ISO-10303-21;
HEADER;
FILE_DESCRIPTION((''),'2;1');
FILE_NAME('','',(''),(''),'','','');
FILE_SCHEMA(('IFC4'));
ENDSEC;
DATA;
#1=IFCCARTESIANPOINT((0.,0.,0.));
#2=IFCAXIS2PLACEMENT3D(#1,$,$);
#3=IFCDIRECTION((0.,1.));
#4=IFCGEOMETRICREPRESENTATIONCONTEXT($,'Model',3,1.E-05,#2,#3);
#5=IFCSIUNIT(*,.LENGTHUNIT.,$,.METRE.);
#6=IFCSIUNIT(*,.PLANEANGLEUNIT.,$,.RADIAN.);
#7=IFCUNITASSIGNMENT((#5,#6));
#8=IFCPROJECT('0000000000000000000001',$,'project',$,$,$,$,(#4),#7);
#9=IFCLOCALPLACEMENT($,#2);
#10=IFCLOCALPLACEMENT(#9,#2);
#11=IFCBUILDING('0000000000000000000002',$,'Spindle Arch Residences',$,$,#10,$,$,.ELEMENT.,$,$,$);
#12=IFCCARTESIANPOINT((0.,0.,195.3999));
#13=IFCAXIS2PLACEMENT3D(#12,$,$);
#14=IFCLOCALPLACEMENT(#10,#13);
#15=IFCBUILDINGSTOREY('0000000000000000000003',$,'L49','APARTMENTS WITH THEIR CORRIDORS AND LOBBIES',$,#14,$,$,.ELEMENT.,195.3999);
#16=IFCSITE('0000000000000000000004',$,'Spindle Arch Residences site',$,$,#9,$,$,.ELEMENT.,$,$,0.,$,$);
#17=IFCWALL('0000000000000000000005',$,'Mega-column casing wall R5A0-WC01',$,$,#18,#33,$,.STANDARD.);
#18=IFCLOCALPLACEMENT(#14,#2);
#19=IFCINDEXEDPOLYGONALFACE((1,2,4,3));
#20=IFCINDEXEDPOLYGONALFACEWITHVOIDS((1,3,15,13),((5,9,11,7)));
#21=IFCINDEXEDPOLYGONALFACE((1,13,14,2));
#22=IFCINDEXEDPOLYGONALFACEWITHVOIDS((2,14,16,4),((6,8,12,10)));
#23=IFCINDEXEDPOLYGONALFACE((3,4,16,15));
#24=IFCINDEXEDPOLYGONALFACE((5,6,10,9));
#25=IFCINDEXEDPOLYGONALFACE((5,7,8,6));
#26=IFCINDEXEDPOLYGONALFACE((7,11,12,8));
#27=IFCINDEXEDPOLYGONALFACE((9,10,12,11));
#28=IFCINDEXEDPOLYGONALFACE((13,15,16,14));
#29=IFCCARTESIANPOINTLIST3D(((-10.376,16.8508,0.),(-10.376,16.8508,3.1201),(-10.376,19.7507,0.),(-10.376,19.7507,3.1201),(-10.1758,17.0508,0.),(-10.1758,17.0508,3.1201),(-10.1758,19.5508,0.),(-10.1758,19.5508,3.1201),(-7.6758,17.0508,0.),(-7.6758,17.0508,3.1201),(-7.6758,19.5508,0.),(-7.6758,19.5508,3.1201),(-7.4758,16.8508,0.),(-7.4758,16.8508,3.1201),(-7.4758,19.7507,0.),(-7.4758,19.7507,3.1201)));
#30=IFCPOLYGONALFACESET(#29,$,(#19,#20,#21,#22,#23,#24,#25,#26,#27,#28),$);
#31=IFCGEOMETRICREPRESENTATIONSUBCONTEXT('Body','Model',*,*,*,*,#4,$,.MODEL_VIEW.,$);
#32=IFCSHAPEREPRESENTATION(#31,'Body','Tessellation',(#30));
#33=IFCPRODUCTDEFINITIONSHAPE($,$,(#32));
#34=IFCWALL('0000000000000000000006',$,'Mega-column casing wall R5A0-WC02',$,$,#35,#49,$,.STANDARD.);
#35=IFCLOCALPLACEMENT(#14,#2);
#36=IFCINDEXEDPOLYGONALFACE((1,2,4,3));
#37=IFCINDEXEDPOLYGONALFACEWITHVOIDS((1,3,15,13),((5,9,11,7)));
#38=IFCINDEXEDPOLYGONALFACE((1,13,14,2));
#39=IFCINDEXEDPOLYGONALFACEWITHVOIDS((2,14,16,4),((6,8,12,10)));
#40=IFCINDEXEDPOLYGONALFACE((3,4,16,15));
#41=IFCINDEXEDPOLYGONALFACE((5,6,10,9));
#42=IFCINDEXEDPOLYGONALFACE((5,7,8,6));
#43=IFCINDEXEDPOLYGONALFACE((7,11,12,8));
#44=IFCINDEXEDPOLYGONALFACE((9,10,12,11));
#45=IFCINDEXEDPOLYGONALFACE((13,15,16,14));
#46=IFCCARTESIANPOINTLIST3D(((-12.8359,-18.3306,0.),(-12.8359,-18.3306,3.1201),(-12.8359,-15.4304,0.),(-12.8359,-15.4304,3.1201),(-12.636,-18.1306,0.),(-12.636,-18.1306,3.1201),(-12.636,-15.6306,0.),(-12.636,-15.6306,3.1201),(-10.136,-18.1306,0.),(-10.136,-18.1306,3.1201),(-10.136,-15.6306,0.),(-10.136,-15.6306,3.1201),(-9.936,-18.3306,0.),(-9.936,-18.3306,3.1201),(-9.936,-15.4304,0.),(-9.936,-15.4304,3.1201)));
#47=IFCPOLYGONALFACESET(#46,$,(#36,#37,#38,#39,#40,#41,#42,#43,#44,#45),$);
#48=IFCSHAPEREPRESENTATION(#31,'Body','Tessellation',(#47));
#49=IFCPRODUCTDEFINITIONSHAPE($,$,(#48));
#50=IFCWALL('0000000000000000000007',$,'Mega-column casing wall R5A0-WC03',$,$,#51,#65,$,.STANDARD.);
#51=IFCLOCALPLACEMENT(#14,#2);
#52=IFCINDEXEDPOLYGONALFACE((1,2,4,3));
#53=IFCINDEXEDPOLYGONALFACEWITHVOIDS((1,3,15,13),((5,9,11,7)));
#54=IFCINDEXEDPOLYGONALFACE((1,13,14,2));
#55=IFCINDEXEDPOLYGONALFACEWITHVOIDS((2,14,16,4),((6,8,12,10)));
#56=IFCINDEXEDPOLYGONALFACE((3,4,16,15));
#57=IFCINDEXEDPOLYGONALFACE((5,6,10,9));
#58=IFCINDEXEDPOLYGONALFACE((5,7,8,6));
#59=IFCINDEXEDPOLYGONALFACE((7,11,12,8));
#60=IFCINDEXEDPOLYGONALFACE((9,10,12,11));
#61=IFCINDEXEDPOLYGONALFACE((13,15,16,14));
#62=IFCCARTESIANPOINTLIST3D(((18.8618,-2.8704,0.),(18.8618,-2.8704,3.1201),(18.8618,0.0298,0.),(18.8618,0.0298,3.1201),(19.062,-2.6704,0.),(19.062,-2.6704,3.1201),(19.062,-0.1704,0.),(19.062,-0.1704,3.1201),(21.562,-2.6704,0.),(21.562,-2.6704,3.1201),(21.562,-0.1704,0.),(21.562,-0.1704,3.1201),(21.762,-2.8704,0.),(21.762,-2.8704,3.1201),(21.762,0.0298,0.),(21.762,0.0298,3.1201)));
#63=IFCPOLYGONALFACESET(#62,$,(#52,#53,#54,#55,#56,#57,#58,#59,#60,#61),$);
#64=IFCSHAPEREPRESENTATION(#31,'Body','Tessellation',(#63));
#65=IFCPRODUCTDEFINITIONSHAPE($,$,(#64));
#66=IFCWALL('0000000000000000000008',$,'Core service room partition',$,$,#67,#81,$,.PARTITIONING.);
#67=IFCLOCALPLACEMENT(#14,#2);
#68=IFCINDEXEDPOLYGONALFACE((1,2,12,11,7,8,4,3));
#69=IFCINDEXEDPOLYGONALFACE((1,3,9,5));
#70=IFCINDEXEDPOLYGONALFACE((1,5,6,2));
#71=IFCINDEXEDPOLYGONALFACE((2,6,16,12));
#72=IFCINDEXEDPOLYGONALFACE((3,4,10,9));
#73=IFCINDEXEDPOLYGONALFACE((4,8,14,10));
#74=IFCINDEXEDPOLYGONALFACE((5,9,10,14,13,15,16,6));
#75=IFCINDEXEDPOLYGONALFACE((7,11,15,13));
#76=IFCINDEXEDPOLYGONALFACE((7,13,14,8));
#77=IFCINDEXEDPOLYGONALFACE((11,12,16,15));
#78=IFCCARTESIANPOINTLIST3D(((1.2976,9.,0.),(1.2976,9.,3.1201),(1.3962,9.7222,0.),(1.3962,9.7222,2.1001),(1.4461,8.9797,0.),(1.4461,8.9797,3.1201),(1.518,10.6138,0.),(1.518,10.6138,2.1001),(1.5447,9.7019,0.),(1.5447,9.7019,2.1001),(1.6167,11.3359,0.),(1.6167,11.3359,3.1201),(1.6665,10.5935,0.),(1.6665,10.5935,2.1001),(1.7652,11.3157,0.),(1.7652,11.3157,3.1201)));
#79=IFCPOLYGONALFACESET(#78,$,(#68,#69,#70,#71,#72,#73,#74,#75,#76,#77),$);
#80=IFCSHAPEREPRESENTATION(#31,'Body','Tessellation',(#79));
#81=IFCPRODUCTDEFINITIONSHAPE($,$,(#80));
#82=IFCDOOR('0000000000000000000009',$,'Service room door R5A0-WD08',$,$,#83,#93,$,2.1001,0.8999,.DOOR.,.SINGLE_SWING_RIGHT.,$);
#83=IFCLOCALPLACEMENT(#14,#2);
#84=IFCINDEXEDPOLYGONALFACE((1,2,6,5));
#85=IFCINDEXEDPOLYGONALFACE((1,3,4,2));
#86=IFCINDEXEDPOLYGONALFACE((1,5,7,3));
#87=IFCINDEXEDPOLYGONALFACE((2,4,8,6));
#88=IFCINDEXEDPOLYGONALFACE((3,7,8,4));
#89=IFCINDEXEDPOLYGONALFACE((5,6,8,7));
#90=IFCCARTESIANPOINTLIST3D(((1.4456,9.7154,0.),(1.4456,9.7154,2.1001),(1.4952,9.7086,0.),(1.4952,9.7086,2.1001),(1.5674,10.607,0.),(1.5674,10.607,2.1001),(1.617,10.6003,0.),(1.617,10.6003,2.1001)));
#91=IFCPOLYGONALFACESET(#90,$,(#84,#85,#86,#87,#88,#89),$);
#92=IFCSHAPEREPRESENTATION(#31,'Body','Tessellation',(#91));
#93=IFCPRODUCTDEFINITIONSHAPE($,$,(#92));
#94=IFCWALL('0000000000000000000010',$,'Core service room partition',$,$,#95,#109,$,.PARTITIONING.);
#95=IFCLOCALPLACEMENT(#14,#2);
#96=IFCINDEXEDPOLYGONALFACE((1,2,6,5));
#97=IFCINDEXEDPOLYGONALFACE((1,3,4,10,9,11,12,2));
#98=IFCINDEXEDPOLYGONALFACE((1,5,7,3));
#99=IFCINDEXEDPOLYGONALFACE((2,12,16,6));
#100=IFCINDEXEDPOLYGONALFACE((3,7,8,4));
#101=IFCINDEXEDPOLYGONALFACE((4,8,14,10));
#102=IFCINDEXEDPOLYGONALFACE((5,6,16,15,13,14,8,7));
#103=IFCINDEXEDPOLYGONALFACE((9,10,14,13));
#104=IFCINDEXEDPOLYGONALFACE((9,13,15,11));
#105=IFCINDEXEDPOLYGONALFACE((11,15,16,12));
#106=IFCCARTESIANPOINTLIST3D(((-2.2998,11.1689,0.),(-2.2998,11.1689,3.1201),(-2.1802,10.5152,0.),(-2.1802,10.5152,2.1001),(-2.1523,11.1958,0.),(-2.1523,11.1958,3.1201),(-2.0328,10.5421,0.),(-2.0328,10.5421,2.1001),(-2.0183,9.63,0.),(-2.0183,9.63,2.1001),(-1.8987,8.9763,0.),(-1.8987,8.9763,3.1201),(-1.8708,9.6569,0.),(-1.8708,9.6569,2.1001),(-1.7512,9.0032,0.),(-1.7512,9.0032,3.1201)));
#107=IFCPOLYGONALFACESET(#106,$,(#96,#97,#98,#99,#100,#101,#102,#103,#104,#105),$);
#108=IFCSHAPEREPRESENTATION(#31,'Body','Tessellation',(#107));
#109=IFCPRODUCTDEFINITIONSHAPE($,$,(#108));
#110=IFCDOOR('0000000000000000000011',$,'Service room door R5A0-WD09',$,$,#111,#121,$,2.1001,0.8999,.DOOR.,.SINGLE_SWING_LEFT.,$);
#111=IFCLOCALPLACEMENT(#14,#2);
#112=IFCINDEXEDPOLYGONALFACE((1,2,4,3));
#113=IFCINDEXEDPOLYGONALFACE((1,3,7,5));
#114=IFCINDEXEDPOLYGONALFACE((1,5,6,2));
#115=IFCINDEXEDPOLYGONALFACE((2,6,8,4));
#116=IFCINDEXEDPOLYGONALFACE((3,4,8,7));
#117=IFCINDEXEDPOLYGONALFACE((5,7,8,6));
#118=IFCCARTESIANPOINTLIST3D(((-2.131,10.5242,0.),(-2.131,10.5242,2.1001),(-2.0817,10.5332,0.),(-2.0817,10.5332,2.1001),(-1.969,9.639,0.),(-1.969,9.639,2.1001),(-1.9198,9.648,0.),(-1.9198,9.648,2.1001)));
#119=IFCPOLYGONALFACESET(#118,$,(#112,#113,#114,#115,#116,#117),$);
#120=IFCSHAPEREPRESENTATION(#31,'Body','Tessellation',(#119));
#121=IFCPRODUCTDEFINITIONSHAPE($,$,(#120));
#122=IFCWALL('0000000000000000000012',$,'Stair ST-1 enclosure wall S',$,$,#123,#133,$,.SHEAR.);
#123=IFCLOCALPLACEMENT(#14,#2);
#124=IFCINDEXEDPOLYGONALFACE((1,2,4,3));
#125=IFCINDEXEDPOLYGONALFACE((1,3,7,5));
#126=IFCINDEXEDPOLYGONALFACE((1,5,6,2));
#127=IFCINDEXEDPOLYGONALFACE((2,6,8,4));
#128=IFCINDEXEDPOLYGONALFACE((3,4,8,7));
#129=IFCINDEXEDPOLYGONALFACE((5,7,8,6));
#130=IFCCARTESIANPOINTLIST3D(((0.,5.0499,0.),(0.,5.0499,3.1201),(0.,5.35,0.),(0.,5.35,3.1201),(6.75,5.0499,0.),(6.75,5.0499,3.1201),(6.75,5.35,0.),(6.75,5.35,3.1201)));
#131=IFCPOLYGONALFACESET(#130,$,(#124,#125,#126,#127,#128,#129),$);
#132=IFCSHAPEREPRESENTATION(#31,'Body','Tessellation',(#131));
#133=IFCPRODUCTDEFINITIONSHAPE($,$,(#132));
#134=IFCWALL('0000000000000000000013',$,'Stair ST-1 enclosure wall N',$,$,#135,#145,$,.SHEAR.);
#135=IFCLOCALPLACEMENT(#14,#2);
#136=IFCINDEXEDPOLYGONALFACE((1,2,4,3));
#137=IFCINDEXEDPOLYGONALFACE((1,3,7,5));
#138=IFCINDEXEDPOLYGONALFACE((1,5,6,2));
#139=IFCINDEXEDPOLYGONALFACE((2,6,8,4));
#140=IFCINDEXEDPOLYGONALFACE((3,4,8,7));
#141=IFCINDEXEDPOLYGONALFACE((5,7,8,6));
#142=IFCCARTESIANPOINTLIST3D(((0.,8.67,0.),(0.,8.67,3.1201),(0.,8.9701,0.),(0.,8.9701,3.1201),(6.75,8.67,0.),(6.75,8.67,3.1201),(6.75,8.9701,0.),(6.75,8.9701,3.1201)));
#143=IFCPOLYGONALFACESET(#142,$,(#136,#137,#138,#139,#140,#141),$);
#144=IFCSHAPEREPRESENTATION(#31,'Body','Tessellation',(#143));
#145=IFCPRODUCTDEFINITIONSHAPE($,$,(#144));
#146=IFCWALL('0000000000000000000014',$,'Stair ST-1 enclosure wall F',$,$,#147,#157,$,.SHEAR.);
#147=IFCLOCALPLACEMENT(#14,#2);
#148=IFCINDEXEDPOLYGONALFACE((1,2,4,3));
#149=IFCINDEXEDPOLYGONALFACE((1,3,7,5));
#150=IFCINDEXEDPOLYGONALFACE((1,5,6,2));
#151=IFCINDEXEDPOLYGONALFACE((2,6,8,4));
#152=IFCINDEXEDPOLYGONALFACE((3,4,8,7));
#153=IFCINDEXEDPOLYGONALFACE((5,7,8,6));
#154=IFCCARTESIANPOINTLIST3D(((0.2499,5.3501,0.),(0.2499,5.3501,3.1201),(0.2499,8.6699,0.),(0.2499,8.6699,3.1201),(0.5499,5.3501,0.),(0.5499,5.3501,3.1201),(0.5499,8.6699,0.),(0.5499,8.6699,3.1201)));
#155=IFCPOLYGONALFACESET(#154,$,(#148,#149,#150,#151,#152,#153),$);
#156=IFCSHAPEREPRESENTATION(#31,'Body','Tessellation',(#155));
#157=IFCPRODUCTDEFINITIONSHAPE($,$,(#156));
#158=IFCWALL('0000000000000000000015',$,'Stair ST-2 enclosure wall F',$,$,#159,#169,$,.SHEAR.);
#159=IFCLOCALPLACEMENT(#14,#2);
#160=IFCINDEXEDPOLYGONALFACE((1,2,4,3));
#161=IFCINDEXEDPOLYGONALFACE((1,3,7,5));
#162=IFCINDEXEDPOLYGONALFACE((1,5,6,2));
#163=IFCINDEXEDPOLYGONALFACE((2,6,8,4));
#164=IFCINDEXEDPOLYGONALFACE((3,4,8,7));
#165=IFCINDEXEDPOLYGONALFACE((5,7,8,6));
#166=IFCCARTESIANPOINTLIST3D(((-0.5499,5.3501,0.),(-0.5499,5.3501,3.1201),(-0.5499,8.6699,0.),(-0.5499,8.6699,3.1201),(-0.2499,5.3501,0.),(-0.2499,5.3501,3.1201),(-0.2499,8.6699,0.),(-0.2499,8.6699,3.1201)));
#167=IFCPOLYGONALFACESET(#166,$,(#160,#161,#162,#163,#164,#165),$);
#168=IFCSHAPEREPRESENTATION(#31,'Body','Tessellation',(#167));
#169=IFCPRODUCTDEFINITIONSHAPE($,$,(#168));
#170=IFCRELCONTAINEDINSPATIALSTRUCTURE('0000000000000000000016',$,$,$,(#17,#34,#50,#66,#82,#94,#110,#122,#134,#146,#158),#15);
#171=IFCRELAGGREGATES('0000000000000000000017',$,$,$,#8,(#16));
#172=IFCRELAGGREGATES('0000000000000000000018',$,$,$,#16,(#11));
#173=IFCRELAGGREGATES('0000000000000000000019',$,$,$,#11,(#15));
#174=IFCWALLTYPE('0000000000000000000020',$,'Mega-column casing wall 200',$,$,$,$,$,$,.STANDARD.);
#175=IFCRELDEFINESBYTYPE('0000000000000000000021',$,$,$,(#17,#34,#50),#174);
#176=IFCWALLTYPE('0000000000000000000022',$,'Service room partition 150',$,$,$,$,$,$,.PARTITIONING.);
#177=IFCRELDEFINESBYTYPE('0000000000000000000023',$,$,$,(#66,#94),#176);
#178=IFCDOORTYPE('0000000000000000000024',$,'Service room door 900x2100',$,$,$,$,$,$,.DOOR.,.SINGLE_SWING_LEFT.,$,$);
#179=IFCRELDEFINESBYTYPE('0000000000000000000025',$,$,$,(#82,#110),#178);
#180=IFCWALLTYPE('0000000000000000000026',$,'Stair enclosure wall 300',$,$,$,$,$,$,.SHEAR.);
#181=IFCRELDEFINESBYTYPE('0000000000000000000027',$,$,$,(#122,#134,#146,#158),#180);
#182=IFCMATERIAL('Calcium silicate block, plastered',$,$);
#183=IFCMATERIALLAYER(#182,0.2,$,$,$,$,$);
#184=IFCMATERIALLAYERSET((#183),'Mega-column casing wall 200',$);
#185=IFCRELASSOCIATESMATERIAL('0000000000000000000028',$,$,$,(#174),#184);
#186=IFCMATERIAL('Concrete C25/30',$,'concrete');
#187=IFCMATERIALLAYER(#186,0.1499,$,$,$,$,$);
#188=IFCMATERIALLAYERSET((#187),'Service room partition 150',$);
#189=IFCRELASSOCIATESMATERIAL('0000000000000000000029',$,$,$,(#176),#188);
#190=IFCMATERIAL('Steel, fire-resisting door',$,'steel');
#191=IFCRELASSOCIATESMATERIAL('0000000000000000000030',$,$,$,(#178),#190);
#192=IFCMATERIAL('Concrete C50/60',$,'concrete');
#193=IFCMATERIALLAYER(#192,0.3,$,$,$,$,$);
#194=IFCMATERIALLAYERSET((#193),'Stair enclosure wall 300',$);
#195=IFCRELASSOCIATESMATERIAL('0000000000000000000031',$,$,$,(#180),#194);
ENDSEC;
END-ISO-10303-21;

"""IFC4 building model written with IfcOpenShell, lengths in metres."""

from ifc_helpers import new_model, si_unit, direction, frame, frame_2d, origin, place, context, subcontext, project, spatial, polyline, rectangle, outline, extrude, material, layer, layer_set, type_object, element, fill, save


model = new_model("IFC4")

# Units and contexts
model_context = context("Model", 3, precision=1e-05, world=origin(), true_north=direction((0.0, 1.0)))
body_context = subcontext(model_context, "Body", "Model", "MODEL_VIEW")
ifc_project = project(units=[si_unit("LENGTHUNIT", "METRE"), si_unit("PLANEANGLEUNIT", "RADIAN")], contexts=[model_context])

# Site, building, storey
site_placement = place(None, origin())
site = spatial("IfcSite", under=ifc_project, at=site_placement, Name="Spindle Arch Residences site", CompositionType="ELEMENT", RefElevation=0.0)
building_placement = place(site_placement, origin())
building = spatial("IfcBuilding", under=site, at=building_placement, Name="Spindle Arch Residences", CompositionType="ELEMENT")
storey_placement = place(building_placement, frame((0.0, 0.0, 195.3999)))
storey = spatial("IfcBuildingStorey", under=building, at=storey_placement, Name="L49", Description="APARTMENTS WITH THEIR CORRIDORS AND LOBBIES", CompositionType="ELEMENT", Elevation=195.3999)

# Walls
ifc_material_1 = material(Name="Calcium silicate block, plastered")
ifc_layer_1 = layer(ifc_material_1, 0.2)
ifc_layer_set_1 = layer_set([ifc_layer_1], Name="Mega-column casing wall 200")
wall_type_1 = type_object("IfcWallType", Name="Mega-column casing wall 200", PredefinedType="STANDARD", material=ifc_layer_set_1)
wall_1_placement = place(storey_placement, origin())
element("IfcWall", 1, at=wall_1_placement, inside=storey, type_object=wall_type_1, Name="Mega-column casing wall R5A0-WC01", PredefinedType="STANDARD", context=body_context, shape_type="SweptSolid", body=[
    extrude(outline(polyline([(-7.4758, 19.7507), (-7.4758, 16.8508), (-10.376, 16.8508), (-10.376, 19.7507), (-7.4758, 19.7507)]), holes=[polyline([(-10.1758, 17.0508), (-7.6758, 17.0508), (-7.6758, 19.5508), (-10.1758, 19.5508), (-10.1758, 17.0508)])]), origin(), (0.0, 0.0, 1.0), 3.1201),
])
wall_2_placement = place(storey_placement, origin())
element("IfcWall", 2, at=wall_2_placement, inside=storey, type_object=wall_type_1, Name="Mega-column casing wall R5A0-WC02", PredefinedType="STANDARD", context=body_context, shape_type="SweptSolid", body=[
    extrude(outline(polyline([(-9.936, -15.4304), (-9.936, -18.3306), (-12.8359, -18.3306), (-12.8359, -15.4304), (-9.936, -15.4304)]), holes=[polyline([(-12.636, -18.1306), (-10.136, -18.1306), (-10.136, -15.6306), (-12.636, -15.6306), (-12.636, -18.1306)])]), origin(), (0.0, 0.0, 1.0), 3.1201),
])
wall_3_placement = place(storey_placement, origin())
element("IfcWall", 3, at=wall_3_placement, inside=storey, type_object=wall_type_1, Name="Mega-column casing wall R5A0-WC03", PredefinedType="STANDARD", context=body_context, shape_type="SweptSolid", body=[
    extrude(outline(polyline([(21.762, 0.0298), (21.762, -2.8704), (18.8618, -2.8704), (18.8618, 0.0298), (21.762, 0.0298)]), holes=[polyline([(19.062, -2.6704), (21.562, -2.6704), (21.562, -0.1704), (19.062, -0.1704), (19.062, -2.6704)])]), origin(), (0.0, 0.0, 1.0), 3.1201),
])

# Walls, openings, doors
ifc_material_2 = material(Name="Concrete C25/30", Category="concrete")
ifc_layer_2 = layer(ifc_material_2, 0.1499)
ifc_layer_set_2 = layer_set([ifc_layer_2], Name="Service room partition 150")
wall_type_2 = type_object("IfcWallType", Name="Service room partition 150", PredefinedType="PARTITIONING", material=ifc_layer_set_2)
wall_4_placement = place(storey_placement, frame((1.6909, 11.3257, 0.0), z_axis=(0.0, 0.0, 1.0), x_axis=(-0.135344, -0.990799, 0.0)))
wall_4 = element("IfcWall", 4, at=wall_4_placement, inside=storey, type_object=wall_type_2, Name="Core service room partition", PredefinedType="PARTITIONING", context=body_context, shape_type="SweptSolid", body=[
    extrude(rectangle(XDim=2.3577, YDim=0.1499, at=frame_2d((1.1787, 0.0))), origin(), (0.0, 0.0, 1.0), 3.1201),
])
opening_1_placement = place(wall_4_placement, frame((0.7288, 0.0, 0.0)))
opening_1 = element("IfcOpeningElement", 5, at=opening_1_placement, cuts=wall_4, PredefinedType="OPENING", context=body_context, shape_type="SweptSolid", body=[
    extrude(rectangle(XDim=0.8999, YDim=2.1001, at=frame_2d((0.45, 1.05))), frame((0.0, 0.085, 0.0), z_axis=(0.0, -1.0, 0.0), x_axis=(1.0, 0.0, 0.0)), (0.0, 0.0, 1.0), 0.1699),
])
ifc_material_3 = material(Name="Steel, fire-resisting door", Category="steel")
door_type = type_object("IfcDoorType", Name="Service room door 900x2100", OperationType="SINGLE_SWING_LEFT", PredefinedType="DOOR", material=ifc_material_3)
door_1_placement = place(opening_1_placement, origin())
door_1 = element("IfcDoor", 6, at=door_1_placement, inside=storey, type_object=door_type, Name="Service room door R5A0-WD08", OperationType="SINGLE_SWING_RIGHT", OverallHeight=2.1001, OverallWidth=0.8999, PredefinedType="DOOR", context=body_context, shape_type="SweptSolid", body=[
    extrude(rectangle(XDim=0.8999, YDim=2.1001, at=frame_2d((0.45, 1.05))), frame((0.0, 0.0249, 0.0), z_axis=(0.0, -1.0, 0.0), x_axis=(1.0, 0.0, 0.0)), (0.0, 0.0, 1.0), 0.05),
])
fill(opening_1, door_1)
wall_5_placement = place(storey_placement, frame((-1.825, 8.9897, 0.0), z_axis=(0.0, 0.0, 1.0), x_axis=(-0.179955, 0.983675, 0.0)))
wall_5 = element("IfcWall", 7, at=wall_5_placement, inside=storey, type_object=wall_type_2, Name="Core service room partition", PredefinedType="PARTITIONING", context=body_context, shape_type="SweptSolid", body=[
    extrude(rectangle(XDim=2.229, YDim=0.1499, at=frame_2d((1.1145, 0.0))), origin(), (0.0, 0.0, 1.0), 3.1201),
])
opening_2_placement = place(wall_5_placement, frame((0.6646, 0.0, 0.0)))
opening_2 = element("IfcOpeningElement", 8, at=opening_2_placement, cuts=wall_5, PredefinedType="OPENING", context=body_context, shape_type="SweptSolid", body=[
    extrude(rectangle(XDim=0.8999, YDim=2.1001, at=frame_2d((0.45, 1.05))), frame((0.0, 0.085, 0.0), z_axis=(0.0, -1.0, 0.0), x_axis=(1.0, 0.0, 0.0)), (0.0, 0.0, 1.0), 0.1699),
])
door_2_placement = place(opening_2_placement, origin())
door_2 = element("IfcDoor", 9, at=door_2_placement, inside=storey, type_object=door_type, Name="Service room door R5A0-WD09", OperationType="SINGLE_SWING_LEFT", OverallHeight=2.1001, OverallWidth=0.8999, PredefinedType="DOOR", context=body_context, shape_type="SweptSolid", body=[
    extrude(rectangle(XDim=0.8999, YDim=2.1001, at=frame_2d((0.45, 1.05))), frame((0.0, 0.0249, 0.0), z_axis=(0.0, -1.0, 0.0), x_axis=(1.0, 0.0, 0.0)), (0.0, 0.0, 1.0), 0.05),
])
fill(opening_2, door_2)

# Walls
ifc_material_4 = material(Name="Concrete C50/60", Category="concrete")
ifc_layer_3 = layer(ifc_material_4, 0.3)
ifc_layer_set_3 = layer_set([ifc_layer_3], Name="Stair enclosure wall 300")
wall_type_3 = type_object("IfcWallType", Name="Stair enclosure wall 300", PredefinedType="SHEAR", material=ifc_layer_set_3)
for number, where, z_axis, x_axis, name in (
    (10, (0.0, 5.2, 0.0), (0.0, 0.0, 1.0), (1.0, 0.0, 0.0), "Stair ST-1 enclosure wall S"),
    (11, (0.0, 8.8201, 0.0), (0.0, 0.0, 1.0), (1.0, 0.0, 0.0), "Stair ST-1 enclosure wall N"),
):
    element("IfcWall", number, at=place(storey_placement, frame(where, z_axis=z_axis, x_axis=x_axis)), inside=storey, type_object=wall_type_3, Name=name, PredefinedType="SHEAR", context=body_context, shape_type="SweptSolid", body=[
        extrude(rectangle(XDim=6.75, YDim=0.3, at=frame_2d((3.375, 0.0))), origin(), (0.0, 0.0, 1.0), 3.1201),
    ])
for number, where, z_axis, x_axis, name in (
    (12, (0.3999, 5.3501, 0.0), (0.0, 0.0, 1.0), (0.0, 1.0, 0.0), "Stair ST-1 enclosure wall F"),
    (13, (-0.3999, 5.3501, 0.0), (0.0, 0.0, 1.0), (0.0, 1.0, 0.0), "Stair ST-2 enclosure wall F"),
):
    element("IfcWall", number, at=place(storey_placement, frame(where, z_axis=z_axis, x_axis=x_axis)), inside=storey, type_object=wall_type_3, Name=name, PredefinedType="SHEAR", context=body_context, shape_type="SweptSolid", body=[
        extrude(rectangle(XDim=3.3198, YDim=0.3, at=frame_2d((1.6599, 0.0))), origin(), (0.0, 0.0, 1.0), 3.1201),
    ])

save(model, "model.ifc")
